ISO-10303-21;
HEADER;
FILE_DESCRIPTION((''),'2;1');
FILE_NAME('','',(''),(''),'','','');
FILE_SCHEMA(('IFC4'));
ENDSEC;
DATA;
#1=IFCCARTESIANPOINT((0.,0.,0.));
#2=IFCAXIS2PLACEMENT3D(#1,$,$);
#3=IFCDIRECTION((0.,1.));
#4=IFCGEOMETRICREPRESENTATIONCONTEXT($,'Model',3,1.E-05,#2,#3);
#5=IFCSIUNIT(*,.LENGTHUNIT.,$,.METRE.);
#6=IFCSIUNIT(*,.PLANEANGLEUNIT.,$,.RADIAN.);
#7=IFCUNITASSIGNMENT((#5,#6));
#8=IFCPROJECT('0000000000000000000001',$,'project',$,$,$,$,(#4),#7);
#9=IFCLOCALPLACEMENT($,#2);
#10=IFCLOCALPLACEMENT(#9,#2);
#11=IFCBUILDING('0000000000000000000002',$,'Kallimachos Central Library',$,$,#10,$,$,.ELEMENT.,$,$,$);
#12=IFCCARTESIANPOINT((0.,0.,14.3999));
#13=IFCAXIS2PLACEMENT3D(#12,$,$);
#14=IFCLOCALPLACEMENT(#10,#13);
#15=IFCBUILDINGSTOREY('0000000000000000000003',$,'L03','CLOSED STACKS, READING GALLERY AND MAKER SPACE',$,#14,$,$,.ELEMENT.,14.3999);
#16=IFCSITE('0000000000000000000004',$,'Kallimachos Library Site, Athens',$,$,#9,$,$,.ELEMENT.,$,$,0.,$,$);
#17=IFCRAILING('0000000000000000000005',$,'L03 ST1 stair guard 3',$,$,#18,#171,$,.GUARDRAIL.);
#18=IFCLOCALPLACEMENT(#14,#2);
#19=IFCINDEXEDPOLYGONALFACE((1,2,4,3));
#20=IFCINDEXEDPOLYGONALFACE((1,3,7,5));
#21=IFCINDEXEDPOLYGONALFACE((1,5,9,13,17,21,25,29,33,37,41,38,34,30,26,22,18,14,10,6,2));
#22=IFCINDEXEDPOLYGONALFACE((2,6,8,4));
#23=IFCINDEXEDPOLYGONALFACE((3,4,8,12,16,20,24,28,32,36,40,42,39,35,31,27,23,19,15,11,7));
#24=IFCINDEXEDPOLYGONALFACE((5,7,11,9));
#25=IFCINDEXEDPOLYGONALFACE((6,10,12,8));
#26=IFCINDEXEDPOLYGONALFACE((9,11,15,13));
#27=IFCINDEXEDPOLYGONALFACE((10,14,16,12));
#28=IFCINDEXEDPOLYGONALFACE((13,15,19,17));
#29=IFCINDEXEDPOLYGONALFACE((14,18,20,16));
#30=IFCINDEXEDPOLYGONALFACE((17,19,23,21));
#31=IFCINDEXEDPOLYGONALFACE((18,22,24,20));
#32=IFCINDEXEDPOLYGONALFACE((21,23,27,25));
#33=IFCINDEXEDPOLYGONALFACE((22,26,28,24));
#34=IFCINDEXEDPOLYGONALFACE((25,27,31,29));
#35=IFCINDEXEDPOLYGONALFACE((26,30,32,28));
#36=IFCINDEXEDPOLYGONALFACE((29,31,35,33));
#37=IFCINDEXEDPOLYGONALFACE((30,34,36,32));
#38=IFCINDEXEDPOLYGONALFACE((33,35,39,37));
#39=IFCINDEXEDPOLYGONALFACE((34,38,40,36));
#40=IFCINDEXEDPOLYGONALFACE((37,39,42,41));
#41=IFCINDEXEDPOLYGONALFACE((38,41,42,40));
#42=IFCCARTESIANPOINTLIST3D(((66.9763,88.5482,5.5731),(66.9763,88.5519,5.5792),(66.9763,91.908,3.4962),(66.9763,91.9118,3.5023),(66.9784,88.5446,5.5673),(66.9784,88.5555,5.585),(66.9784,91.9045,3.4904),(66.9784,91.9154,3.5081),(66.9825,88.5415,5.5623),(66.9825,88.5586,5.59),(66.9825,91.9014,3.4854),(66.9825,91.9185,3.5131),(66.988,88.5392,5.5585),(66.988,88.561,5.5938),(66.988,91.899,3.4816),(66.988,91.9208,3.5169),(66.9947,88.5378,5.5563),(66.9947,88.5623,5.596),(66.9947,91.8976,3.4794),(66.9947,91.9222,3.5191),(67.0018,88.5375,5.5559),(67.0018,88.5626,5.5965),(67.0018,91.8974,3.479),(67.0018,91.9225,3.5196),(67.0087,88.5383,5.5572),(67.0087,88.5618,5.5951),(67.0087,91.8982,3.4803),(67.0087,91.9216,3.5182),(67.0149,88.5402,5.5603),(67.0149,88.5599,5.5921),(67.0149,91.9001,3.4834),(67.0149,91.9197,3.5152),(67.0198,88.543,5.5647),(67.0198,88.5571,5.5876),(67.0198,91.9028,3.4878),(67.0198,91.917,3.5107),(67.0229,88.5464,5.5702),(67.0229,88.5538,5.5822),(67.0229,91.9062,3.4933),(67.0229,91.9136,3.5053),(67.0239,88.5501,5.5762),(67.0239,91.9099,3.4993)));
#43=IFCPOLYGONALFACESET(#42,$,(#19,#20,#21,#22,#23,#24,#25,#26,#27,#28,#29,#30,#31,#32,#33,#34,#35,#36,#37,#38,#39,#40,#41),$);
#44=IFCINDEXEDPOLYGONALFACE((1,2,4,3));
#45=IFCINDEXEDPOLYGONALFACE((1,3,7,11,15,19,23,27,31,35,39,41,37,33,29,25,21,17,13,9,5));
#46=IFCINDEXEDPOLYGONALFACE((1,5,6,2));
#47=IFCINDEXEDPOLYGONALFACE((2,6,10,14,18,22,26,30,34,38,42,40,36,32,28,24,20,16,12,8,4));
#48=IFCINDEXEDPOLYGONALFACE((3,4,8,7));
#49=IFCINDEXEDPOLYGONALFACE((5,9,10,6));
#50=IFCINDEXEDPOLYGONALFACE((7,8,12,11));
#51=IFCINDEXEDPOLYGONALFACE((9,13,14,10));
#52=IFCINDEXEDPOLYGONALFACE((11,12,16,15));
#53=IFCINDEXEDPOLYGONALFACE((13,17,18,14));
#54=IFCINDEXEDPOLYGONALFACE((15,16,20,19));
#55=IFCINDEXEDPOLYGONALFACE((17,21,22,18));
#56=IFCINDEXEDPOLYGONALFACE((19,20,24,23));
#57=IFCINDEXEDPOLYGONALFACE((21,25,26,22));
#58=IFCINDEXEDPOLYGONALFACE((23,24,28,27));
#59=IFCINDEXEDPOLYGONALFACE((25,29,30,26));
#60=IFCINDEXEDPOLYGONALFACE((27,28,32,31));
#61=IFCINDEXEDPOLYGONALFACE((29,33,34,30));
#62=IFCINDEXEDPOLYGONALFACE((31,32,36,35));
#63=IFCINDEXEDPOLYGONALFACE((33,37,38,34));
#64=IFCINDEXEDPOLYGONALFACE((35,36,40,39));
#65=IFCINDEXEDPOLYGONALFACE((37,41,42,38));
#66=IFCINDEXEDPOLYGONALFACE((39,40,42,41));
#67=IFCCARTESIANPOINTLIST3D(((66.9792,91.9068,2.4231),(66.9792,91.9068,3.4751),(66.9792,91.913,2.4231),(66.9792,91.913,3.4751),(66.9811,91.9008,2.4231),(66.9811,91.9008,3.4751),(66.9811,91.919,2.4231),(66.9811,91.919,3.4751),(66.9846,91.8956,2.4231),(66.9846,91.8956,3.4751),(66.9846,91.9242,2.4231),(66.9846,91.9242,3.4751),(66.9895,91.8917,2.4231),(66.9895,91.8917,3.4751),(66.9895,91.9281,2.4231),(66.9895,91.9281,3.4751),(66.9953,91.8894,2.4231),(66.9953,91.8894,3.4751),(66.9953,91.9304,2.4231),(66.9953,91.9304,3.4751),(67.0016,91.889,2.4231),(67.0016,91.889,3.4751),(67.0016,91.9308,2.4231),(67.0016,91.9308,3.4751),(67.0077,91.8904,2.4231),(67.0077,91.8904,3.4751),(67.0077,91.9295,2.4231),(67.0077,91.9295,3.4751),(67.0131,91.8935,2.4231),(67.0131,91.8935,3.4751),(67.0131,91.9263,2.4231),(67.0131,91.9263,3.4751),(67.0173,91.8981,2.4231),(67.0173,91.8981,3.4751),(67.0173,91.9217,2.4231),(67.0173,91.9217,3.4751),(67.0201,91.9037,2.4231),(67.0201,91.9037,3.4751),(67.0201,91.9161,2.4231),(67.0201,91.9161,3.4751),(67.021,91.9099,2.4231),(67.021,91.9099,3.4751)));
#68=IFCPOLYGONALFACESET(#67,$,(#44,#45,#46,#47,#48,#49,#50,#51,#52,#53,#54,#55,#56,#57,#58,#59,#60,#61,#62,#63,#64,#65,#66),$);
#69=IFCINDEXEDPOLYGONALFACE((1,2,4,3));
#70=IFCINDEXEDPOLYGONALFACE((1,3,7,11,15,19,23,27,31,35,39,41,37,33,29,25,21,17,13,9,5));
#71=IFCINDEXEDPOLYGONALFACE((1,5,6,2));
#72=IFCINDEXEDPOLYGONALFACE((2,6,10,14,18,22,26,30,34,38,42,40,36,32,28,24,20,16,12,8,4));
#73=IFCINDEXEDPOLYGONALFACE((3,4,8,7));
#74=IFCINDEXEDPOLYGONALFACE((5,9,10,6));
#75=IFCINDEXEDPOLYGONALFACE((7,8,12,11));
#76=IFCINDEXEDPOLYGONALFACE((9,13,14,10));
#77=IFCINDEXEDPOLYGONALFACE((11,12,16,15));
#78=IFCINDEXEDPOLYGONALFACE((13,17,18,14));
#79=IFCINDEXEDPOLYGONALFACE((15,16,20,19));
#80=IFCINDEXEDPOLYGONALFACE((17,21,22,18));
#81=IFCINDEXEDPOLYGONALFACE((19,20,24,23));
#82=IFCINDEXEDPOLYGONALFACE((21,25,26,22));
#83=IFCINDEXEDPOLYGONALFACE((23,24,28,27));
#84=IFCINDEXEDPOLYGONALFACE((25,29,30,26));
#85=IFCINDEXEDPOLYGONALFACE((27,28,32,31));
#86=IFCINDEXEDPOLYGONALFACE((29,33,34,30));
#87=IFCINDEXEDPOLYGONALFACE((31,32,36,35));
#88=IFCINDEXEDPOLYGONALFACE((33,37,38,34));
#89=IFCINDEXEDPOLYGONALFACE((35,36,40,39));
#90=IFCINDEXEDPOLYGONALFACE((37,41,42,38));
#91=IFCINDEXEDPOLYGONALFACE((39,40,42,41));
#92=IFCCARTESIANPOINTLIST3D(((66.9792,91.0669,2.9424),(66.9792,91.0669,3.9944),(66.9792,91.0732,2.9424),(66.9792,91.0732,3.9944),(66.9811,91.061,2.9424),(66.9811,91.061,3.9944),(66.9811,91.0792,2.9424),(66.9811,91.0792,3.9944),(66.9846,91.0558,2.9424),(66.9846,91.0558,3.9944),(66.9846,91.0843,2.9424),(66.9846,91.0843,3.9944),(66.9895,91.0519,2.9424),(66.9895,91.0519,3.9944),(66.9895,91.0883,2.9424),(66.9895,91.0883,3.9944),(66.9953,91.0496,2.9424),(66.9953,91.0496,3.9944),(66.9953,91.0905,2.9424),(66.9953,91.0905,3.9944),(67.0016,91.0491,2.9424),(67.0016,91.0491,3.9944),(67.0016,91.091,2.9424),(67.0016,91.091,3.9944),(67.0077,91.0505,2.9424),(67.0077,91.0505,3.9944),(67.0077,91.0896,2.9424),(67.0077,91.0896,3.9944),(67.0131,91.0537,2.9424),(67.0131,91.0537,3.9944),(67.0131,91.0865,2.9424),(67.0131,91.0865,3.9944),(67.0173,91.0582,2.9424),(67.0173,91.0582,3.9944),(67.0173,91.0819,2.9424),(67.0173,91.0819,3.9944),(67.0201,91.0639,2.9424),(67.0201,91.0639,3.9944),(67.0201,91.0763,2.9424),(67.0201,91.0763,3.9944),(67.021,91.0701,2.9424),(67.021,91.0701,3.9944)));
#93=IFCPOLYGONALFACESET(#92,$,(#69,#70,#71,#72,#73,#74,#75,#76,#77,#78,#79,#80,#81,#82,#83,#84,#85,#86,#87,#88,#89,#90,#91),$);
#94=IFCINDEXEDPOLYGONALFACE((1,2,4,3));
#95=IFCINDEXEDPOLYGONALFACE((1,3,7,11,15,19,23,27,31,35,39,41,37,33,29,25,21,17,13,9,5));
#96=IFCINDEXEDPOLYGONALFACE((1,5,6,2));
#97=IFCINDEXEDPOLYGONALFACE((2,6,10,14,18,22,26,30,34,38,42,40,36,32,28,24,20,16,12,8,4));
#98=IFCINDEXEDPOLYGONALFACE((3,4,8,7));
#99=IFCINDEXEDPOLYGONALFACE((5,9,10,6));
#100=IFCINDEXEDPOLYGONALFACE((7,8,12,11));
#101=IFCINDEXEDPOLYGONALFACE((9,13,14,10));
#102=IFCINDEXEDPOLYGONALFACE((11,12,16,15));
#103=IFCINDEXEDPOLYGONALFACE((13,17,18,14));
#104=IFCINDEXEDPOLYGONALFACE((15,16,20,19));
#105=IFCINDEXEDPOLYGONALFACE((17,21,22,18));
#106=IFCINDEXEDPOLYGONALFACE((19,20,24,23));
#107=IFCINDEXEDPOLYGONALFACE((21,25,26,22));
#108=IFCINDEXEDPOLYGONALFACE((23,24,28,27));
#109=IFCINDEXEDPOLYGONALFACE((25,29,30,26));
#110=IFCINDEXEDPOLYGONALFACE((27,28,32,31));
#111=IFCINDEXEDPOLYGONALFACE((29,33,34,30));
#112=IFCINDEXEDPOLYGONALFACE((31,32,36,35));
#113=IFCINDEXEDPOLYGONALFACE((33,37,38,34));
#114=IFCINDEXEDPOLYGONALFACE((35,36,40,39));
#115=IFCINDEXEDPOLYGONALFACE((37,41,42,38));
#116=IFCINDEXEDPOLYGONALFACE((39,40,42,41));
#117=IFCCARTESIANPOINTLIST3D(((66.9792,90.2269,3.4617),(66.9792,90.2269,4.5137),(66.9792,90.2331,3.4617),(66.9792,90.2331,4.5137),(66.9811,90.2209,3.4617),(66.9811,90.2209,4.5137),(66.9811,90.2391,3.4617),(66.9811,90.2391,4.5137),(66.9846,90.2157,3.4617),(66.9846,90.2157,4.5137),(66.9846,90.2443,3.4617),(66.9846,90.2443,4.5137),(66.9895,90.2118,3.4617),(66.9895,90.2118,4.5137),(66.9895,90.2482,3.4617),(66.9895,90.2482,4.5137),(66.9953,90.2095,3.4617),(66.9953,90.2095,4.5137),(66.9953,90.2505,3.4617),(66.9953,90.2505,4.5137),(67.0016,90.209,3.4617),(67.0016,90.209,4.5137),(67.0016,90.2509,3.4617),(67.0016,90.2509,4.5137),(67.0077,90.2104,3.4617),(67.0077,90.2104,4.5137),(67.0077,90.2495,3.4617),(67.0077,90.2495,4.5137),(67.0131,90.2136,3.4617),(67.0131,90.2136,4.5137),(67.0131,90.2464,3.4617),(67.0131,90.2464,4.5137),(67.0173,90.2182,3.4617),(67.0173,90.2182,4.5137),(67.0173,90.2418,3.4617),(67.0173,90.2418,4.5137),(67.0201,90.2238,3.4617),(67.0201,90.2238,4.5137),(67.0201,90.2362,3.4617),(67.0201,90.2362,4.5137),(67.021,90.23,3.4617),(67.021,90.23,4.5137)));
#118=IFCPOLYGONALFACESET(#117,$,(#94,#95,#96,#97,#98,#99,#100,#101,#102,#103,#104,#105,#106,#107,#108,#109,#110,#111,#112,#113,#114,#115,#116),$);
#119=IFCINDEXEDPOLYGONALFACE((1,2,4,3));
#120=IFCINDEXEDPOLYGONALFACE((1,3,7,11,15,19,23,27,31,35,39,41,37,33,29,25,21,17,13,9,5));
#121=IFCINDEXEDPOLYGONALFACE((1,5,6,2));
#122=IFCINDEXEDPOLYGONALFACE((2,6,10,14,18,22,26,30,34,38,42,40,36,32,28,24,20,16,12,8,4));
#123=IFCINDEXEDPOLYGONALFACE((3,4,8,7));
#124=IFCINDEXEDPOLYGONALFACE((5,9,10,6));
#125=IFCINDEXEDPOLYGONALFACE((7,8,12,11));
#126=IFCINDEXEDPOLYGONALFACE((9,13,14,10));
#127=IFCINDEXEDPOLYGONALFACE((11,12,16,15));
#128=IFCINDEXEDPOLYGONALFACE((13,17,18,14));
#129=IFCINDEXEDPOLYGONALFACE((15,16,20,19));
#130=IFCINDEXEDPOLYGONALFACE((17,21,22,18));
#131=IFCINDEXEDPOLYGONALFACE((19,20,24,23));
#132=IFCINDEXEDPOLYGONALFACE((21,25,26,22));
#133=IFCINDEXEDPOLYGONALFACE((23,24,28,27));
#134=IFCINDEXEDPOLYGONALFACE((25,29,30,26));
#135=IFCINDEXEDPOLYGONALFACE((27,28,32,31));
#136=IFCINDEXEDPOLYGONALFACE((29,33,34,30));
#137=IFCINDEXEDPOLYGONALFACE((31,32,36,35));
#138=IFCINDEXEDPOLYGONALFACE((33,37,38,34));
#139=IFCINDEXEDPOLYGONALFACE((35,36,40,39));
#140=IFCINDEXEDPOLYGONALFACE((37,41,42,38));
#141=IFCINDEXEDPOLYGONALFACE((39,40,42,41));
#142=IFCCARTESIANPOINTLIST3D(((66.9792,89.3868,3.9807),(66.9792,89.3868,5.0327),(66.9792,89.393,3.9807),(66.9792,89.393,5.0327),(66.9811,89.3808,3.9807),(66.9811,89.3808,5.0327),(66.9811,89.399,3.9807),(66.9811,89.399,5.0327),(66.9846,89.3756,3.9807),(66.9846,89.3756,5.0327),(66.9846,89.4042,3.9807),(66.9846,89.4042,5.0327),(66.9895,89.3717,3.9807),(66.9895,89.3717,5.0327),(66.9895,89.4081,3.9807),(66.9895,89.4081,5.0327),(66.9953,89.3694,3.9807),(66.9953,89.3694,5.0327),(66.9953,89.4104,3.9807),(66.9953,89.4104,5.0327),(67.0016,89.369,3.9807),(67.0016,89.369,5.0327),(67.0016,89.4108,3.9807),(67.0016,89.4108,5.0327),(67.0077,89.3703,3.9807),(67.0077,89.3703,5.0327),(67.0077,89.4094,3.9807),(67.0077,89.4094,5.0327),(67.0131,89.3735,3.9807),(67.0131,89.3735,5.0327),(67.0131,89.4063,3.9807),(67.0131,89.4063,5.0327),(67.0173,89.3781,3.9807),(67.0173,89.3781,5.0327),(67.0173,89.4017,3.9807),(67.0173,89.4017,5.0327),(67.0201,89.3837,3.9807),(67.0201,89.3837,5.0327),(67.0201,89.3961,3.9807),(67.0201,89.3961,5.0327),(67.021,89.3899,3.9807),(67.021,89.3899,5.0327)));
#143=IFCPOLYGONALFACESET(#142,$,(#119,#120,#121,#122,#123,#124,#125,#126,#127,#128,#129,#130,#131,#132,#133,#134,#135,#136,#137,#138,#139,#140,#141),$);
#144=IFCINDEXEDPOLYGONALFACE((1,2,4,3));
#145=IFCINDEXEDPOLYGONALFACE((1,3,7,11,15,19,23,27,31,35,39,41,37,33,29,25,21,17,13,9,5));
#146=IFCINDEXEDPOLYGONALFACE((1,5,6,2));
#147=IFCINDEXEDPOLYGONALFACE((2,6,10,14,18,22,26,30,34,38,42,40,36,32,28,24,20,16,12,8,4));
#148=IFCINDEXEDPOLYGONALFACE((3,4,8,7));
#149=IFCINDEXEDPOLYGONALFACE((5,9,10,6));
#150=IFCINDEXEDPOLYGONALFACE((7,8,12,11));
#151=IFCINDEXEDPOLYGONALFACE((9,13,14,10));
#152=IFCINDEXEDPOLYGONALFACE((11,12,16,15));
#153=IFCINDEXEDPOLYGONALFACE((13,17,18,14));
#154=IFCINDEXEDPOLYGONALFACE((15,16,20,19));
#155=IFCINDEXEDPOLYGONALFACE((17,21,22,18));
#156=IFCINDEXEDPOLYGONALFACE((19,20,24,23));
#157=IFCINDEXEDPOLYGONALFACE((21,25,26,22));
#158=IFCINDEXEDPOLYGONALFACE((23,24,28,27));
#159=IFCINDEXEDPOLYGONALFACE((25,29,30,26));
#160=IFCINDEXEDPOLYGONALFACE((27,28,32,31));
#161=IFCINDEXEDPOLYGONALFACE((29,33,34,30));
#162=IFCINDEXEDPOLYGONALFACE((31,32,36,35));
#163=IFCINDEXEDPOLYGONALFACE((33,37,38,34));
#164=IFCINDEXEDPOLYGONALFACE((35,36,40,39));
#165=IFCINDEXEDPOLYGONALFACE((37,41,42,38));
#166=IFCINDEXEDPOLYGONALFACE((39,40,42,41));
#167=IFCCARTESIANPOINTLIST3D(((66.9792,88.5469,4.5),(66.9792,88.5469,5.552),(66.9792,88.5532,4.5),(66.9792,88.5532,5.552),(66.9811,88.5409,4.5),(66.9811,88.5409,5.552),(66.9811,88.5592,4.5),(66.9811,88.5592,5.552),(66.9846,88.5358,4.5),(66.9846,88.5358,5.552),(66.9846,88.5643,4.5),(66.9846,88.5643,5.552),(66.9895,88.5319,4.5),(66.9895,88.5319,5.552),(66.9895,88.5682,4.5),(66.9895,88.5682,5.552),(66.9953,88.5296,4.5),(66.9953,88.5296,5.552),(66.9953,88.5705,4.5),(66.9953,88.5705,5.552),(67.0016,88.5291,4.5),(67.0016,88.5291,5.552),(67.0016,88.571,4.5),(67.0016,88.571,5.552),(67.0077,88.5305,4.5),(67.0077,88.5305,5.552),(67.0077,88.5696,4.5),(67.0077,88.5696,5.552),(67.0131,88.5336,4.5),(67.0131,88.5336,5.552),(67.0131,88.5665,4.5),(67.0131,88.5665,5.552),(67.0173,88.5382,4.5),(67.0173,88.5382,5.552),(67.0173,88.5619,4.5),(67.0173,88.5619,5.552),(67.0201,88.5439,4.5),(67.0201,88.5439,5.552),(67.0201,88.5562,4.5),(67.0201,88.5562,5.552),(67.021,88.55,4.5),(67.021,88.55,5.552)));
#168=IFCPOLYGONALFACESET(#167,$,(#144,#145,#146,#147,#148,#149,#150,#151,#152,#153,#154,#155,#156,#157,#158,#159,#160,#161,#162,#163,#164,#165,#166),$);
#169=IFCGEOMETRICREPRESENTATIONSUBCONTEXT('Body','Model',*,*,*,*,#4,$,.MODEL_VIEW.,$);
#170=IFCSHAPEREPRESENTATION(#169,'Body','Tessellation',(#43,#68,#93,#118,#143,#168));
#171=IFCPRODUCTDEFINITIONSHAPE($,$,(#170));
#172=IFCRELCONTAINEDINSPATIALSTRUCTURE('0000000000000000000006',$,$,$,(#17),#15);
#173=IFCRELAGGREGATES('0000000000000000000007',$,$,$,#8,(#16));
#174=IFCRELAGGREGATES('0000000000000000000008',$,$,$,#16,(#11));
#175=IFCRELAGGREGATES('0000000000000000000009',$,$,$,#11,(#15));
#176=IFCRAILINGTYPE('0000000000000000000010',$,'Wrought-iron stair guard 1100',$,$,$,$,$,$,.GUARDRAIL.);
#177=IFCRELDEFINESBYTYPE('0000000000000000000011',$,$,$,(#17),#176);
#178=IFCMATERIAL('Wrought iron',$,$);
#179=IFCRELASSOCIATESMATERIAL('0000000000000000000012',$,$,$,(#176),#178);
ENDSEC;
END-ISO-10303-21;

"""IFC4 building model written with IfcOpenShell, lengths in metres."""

from ifc_helpers import new_model, si_unit, direction, frame, origin, origin_2d, place, context, subcontext, project, spatial, circle, extrude, material, type_object, element, save


model = new_model("IFC4")

# Units and contexts
model_context = context("Model", 3, precision=1e-05, world=origin(), true_north=direction((0.0, 1.0)))
body_context = subcontext(model_context, "Body", "Model", "MODEL_VIEW")
ifc_project = project(units=[si_unit("LENGTHUNIT", "METRE"), si_unit("PLANEANGLEUNIT", "RADIAN")], contexts=[model_context])

# Site, building, storey
site_placement = place(None, origin())
site = spatial("IfcSite", under=ifc_project, at=site_placement, Name="Kallimachos Library Site, Athens", CompositionType="ELEMENT", RefElevation=0.0)
building_placement = place(site_placement, origin())
building = spatial("IfcBuilding", under=site, at=building_placement, Name="Kallimachos Central Library", CompositionType="ELEMENT")
storey_placement = place(building_placement, frame((0.0, 0.0, 14.3999)))
storey = spatial("IfcBuildingStorey", under=building, at=storey_placement, Name="L03", Description="CLOSED STACKS, READING GALLERY AND MAKER SPACE", CompositionType="ELEMENT", Elevation=14.3999)

# Railing
ifc_material_1 = material(Name="Wrought iron")
railing_type_1 = type_object("IfcRailingType", Name="Wrought-iron stair guard 1100", PredefinedType="GUARDRAIL", material=ifc_material_1)
railing_1_placement = place(storey_placement, frame((67.0, 91.9099, 2.4231)))
element("IfcRailing", 1, at=railing_1_placement, inside=storey, type_object=railing_type_1, Name="L03 ST1 stair guard 3", PredefinedType="GUARDRAIL", context=body_context, shape_type="SweptSolid", body=[
    extrude(circle(Radius=0.0239, at=origin_2d()), frame((0.0, 0.0, 1.0762), z_axis=(0.0, -0.850606, 0.525803), x_axis=(1.0, 0.0, 0.0)), (0.0, 0.0, 1.0), 3.95),
    extrude(circle(Radius=0.021, at=origin_2d()), origin(), (0.0, 0.0, 1.0), 1.052),
    extrude(circle(Radius=0.021, at=origin_2d()), frame((0.0, -0.8398, 0.5193)), (0.0, 0.0, 1.0), 1.052),
    extrude(circle(Radius=0.021, at=origin_2d()), frame((0.0, -1.6799, 1.0386)), (0.0, 0.0, 1.0), 1.052),
    extrude(circle(Radius=0.021, at=origin_2d()), frame((0.0, -2.52, 1.5576)), (0.0, 0.0, 1.0), 1.052),
    extrude(circle(Radius=0.021, at=origin_2d()), frame((0.0, -3.3599, 2.0769)), (0.0, 0.0, 1.0), 1.052),
])

save(model, "model.ifc")
